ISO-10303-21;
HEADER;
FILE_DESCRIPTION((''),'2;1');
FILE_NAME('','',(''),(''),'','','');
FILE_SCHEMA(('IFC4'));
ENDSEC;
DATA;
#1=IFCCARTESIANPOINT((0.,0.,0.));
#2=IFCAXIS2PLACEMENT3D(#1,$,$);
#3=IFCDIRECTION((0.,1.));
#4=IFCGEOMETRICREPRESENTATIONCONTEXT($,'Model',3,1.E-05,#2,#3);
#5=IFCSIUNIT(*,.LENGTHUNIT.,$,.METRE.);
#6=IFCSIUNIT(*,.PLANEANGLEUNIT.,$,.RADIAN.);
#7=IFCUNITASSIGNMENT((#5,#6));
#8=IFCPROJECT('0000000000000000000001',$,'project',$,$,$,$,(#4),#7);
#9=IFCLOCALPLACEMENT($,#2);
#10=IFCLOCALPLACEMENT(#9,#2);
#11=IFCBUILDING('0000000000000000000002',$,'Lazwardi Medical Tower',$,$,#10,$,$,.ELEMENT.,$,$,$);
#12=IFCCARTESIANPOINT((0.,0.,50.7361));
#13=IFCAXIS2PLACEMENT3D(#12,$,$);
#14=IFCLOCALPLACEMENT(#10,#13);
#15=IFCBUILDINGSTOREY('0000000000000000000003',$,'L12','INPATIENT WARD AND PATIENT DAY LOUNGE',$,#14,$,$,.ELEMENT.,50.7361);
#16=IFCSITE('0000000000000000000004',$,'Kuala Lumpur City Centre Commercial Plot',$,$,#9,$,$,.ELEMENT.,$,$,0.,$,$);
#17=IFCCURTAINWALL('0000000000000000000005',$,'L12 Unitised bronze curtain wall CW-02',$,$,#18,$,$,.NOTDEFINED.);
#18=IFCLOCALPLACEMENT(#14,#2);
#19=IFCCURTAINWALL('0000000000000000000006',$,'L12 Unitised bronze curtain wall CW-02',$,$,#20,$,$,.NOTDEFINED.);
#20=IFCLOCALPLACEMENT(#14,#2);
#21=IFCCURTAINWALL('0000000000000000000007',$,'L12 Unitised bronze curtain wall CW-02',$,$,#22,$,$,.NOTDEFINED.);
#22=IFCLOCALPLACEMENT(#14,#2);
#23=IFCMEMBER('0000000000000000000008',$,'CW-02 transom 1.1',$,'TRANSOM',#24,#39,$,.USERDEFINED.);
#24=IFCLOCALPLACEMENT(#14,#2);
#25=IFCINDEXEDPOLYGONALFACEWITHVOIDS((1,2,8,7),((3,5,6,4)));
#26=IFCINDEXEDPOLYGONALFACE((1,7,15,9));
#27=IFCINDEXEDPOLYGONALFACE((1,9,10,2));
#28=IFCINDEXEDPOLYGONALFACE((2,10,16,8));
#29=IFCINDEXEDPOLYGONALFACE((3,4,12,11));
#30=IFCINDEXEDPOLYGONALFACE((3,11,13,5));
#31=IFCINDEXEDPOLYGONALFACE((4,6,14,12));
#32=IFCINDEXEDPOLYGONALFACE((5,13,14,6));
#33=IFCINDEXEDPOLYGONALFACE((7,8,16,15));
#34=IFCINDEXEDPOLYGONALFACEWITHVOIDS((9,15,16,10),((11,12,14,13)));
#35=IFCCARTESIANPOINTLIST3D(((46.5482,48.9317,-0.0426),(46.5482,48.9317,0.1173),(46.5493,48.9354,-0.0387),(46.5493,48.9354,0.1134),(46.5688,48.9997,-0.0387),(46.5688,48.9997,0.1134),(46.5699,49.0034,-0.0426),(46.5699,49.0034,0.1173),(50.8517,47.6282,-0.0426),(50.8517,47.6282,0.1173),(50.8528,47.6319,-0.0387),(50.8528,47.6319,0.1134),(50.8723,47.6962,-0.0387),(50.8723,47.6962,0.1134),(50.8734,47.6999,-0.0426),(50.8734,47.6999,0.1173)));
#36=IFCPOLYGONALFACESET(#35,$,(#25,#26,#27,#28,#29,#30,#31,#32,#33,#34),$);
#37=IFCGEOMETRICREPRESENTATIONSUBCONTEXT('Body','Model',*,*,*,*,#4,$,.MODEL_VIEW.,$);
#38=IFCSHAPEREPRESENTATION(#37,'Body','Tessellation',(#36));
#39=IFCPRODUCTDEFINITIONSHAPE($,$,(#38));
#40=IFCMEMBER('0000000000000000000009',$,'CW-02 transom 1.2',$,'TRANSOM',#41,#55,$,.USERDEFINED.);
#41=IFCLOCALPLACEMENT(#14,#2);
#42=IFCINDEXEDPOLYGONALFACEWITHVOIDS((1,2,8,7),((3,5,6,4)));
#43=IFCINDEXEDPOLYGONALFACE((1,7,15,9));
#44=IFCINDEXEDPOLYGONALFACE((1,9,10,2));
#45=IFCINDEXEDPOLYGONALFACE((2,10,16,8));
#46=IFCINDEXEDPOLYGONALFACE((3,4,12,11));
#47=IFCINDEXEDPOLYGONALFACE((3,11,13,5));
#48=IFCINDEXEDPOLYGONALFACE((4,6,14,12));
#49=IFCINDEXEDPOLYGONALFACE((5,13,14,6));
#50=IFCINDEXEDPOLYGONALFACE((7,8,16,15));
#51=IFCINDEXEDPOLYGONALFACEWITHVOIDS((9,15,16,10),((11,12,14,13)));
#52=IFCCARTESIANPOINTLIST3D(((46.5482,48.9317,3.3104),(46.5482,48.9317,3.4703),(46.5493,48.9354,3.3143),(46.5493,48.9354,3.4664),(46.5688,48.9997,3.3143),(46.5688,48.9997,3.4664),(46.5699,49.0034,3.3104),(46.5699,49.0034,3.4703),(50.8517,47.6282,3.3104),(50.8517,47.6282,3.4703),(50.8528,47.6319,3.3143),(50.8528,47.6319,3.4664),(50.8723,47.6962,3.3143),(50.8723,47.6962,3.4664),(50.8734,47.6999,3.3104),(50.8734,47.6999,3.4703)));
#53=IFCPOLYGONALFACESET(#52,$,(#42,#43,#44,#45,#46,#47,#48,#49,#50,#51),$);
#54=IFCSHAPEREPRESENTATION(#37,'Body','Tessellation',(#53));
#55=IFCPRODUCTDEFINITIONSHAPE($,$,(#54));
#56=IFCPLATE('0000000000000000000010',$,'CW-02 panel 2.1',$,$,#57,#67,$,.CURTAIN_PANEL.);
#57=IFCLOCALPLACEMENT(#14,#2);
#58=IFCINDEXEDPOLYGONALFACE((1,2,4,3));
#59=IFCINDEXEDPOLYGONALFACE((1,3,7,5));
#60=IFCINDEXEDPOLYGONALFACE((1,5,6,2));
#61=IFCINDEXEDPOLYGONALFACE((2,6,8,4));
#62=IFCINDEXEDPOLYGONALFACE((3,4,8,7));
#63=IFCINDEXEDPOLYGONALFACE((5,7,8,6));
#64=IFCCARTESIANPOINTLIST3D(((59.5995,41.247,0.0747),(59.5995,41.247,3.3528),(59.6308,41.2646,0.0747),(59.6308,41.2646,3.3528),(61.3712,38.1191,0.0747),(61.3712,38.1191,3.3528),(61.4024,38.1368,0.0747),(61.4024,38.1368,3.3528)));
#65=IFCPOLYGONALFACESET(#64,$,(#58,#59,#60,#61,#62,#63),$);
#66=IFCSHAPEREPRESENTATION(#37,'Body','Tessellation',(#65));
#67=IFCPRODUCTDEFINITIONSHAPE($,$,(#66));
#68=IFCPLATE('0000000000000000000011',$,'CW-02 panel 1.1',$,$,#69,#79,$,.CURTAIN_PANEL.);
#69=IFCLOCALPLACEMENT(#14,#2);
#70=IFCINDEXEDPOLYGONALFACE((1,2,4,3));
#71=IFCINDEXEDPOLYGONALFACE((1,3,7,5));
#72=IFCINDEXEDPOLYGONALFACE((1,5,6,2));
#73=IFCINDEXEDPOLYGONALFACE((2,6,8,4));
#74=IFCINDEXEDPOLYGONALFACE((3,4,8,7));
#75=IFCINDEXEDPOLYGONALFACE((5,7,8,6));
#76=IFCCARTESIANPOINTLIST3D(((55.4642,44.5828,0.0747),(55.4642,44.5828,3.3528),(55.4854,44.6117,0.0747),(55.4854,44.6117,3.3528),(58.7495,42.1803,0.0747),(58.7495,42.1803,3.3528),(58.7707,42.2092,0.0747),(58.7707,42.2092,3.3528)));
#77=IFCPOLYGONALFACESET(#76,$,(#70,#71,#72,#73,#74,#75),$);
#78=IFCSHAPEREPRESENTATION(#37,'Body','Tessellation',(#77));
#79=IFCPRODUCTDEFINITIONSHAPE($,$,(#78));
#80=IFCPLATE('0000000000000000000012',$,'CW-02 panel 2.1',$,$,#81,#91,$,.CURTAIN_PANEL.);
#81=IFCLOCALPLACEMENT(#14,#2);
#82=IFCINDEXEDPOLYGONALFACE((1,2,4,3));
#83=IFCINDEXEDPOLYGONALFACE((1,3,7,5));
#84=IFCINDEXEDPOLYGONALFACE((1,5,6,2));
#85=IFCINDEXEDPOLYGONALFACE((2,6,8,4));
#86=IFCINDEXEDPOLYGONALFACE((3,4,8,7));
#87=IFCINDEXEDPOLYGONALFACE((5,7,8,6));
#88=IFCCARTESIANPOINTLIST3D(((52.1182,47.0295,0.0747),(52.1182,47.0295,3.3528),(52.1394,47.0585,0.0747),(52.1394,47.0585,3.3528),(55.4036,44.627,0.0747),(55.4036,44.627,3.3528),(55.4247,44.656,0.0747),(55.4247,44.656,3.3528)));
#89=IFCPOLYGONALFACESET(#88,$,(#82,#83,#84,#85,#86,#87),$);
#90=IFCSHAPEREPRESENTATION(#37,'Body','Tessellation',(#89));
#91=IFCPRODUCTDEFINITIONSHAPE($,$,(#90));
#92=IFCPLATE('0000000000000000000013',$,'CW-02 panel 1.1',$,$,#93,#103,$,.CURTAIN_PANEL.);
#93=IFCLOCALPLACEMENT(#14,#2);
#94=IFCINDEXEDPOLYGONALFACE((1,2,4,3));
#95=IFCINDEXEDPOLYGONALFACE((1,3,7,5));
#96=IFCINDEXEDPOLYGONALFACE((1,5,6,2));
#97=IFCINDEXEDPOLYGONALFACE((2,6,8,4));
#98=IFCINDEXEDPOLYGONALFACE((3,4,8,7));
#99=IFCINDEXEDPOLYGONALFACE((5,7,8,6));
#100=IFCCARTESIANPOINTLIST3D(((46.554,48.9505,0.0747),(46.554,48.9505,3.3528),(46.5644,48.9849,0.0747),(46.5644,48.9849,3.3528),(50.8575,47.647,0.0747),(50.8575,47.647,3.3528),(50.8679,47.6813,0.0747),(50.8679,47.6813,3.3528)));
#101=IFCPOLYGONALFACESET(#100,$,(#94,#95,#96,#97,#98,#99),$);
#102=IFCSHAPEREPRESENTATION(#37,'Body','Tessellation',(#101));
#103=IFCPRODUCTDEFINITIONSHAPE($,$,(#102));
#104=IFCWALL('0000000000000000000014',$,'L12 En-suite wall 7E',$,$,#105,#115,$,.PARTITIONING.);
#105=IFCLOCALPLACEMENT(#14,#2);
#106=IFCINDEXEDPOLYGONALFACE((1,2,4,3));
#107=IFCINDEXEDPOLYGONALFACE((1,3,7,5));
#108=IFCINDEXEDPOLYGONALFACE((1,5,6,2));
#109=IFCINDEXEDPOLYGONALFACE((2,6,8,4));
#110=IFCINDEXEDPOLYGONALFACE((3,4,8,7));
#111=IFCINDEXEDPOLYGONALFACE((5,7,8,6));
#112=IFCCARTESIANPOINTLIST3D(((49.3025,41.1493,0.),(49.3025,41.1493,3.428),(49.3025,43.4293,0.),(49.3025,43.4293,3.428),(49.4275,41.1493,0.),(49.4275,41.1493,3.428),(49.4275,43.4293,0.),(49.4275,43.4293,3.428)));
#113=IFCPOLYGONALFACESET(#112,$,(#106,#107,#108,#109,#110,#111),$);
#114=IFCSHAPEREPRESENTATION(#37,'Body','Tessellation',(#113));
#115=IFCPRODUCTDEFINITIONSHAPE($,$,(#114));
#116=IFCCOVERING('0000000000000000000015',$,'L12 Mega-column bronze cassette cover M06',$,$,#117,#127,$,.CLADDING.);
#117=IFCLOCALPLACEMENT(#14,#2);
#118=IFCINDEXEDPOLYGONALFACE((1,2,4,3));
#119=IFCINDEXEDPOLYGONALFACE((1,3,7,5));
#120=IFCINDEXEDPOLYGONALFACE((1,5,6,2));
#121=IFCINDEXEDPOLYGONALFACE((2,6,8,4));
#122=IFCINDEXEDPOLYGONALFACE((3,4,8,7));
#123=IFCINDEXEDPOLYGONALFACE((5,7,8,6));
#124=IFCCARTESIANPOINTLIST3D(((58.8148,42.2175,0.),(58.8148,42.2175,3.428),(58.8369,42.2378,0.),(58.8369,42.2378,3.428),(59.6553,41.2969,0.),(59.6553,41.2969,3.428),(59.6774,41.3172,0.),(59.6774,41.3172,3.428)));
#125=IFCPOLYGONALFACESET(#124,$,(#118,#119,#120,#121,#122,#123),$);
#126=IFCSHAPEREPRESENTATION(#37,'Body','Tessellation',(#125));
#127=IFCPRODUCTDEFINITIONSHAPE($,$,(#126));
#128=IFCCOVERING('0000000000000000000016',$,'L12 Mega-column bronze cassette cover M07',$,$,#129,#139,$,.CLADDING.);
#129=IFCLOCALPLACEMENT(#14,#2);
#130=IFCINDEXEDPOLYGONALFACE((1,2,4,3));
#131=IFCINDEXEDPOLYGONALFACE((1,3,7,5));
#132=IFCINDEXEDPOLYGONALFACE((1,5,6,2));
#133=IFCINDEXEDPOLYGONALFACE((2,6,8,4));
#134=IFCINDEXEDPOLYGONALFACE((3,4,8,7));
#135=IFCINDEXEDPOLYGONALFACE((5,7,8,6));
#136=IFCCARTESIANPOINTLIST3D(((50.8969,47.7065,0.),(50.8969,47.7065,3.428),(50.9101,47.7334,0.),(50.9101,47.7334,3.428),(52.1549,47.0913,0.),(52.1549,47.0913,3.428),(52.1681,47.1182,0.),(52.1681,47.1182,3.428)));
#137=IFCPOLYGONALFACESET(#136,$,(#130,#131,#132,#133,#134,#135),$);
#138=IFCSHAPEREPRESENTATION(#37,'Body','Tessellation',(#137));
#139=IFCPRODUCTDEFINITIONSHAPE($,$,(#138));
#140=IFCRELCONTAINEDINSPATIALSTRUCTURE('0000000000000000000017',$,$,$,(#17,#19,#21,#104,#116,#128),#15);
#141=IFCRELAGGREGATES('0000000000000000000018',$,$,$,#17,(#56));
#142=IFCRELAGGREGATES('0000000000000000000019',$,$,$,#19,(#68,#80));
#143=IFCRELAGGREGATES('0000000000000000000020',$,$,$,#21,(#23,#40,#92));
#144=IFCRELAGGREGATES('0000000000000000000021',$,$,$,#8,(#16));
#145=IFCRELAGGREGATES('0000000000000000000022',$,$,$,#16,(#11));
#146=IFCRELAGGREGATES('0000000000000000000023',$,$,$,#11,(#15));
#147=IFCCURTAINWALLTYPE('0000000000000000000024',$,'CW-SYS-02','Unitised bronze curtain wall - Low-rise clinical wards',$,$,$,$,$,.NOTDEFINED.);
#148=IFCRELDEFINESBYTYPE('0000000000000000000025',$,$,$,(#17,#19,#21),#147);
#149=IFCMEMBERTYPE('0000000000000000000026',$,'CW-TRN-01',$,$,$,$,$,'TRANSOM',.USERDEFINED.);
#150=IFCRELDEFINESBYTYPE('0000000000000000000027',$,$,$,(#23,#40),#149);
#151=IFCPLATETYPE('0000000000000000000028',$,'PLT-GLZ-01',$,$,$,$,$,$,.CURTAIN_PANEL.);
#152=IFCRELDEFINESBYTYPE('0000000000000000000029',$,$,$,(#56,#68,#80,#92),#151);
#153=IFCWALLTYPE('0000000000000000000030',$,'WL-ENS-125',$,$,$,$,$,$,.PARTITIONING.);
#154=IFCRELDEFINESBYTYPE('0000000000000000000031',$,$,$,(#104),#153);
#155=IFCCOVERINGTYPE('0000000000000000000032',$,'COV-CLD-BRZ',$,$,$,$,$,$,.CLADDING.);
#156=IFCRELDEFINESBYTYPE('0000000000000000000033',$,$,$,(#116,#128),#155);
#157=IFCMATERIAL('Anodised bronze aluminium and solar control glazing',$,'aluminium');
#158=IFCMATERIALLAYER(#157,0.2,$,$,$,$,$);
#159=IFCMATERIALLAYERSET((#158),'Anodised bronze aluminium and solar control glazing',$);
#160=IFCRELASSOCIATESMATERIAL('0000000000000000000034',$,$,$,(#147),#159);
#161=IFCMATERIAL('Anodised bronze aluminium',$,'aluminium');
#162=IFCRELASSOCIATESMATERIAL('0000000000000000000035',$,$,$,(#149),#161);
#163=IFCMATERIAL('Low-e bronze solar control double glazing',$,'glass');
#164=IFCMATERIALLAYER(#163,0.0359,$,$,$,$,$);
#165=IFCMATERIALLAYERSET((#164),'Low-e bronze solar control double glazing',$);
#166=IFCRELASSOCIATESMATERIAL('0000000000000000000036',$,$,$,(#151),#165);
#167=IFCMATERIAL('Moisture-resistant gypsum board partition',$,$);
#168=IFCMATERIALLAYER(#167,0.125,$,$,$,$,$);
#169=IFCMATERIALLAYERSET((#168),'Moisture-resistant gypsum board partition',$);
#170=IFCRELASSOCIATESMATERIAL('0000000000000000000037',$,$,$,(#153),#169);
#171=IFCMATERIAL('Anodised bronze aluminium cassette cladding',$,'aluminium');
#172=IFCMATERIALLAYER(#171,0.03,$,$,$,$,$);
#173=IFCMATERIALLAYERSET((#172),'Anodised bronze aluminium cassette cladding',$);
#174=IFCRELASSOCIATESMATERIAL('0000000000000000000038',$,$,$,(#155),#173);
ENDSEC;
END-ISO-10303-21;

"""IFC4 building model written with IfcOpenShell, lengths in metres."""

from ifc_helpers import new_model, si_unit, direction, frame, frame_2d, origin, origin_2d, place, context, subcontext, project, spatial, rectangle, hollow_rectangle, extrude, material, layer, layer_set, material_profile, profile_set, type_object, element, aggregate, save


model = new_model("IFC4")

# Units and contexts
model_context = context("Model", 3, precision=1e-05, world=origin(), true_north=direction((0.0, 1.0)))
body_context = subcontext(model_context, "Body", "Model", "MODEL_VIEW")
ifc_project = project(units=[si_unit("LENGTHUNIT", "METRE"), si_unit("PLANEANGLEUNIT", "RADIAN")], contexts=[model_context])

# Site, building, storey
site_placement = place(None, origin())
site = spatial("IfcSite", under=ifc_project, at=site_placement, Name="Kuala Lumpur City Centre Commercial Plot", CompositionType="ELEMENT", RefElevation=0.0)
building_placement = place(site_placement, origin())
building = spatial("IfcBuilding", under=site, at=building_placement, Name="Lazwardi Medical Tower", CompositionType="ELEMENT")
storey_placement = place(building_placement, frame((0.0, 0.0, 50.7361)))
storey = spatial("IfcBuildingStorey", under=building, at=storey_placement, Name="L12", Description="INPATIENT WARD AND PATIENT DAY LOUNGE", CompositionType="ELEMENT", Elevation=50.7361)

# Curtain wall
ifc_material_1 = material(Name="Anodised bronze aluminium and solar control glazing", Category="aluminium")
ifc_layer_1 = layer(ifc_material_1, 0.2)
ifc_layer_set_1 = layer_set([ifc_layer_1], Name="Anodised bronze aluminium and solar control glazing")
curtain_wall_type = type_object("IfcCurtainWallType", Name="CW-SYS-02", Description="Unitised bronze curtain wall - Low-rise clinical wards", PredefinedType="NOTDEFINED", material=ifc_layer_set_1)
curtain_wall_1_placement = place(storey_placement, origin())
curtain_wall_1 = element("IfcCurtainWall", 1, at=curtain_wall_1_placement, inside=storey, type_object=curtain_wall_type, Name="L12 Unitised bronze curtain wall CW-02", PredefinedType="NOTDEFINED")
ifc_material_2 = material(Name="Anodised bronze aluminium", Category="aluminium")

# Curtain wall
curtain_wall_2_placement = place(storey_placement, origin())
curtain_wall_2 = element("IfcCurtainWall", 2, at=curtain_wall_2_placement, inside=storey, type_object=curtain_wall_type, Name="L12 Unitised bronze curtain wall CW-02", PredefinedType="NOTDEFINED")

# Curtain wall
curtain_wall_3_placement = place(storey_placement, origin())
curtain_wall_3 = element("IfcCurtainWall", 3, at=curtain_wall_3_placement, inside=storey, type_object=curtain_wall_type, Name="L12 Unitised bronze curtain wall CW-02", PredefinedType="NOTDEFINED")

# Members
ifc_material_profile_1 = material_profile(ifc_material_2, hollow_rectangle(XDim=0.075, YDim=0.1599, WallThickness=0.0039, at=origin_2d()), Name="ALU-TRANSOM 160x75x4")
ifc_profile_set_1 = profile_set([ifc_material_profile_1], Name="Anodised bronze aluminium")
member_type_1 = type_object("IfcMemberType", Name="CW-TRN-01", ElementType="TRANSOM", PredefinedType="USERDEFINED", material=ifc_profile_set_1)
member_1_placement = place(storey_placement, frame((50.8625, 47.6641, 0.0374), z_axis=(-0.957062, 0.289882, 0.0), x_axis=(-0.289882, -0.957062, 0.0)))
member_1 = element("IfcMember", 4, at=member_1_placement, type_object=member_type_1, Name="CW-02 transom 1.1", ObjectType="TRANSOM", PredefinedType="USERDEFINED", context=body_context, shape_type="SweptSolid", body=[
    extrude(hollow_rectangle(XDim=0.075, YDim=0.1599, WallThickness=0.0039, at=origin_2d()), origin(), (0.0, 0.0, 1.0), 4.4966),
])
member_2_placement = place(storey_placement, frame((50.8625, 47.6641, 3.3904), z_axis=(-0.957062, 0.289882, 0.0), x_axis=(-0.289882, -0.957062, 0.0)))
member_2 = element("IfcMember", 5, at=member_2_placement, type_object=member_type_1, Name="CW-02 transom 1.2", ObjectType="TRANSOM", PredefinedType="USERDEFINED", context=body_context, shape_type="SweptSolid", body=[
    extrude(hollow_rectangle(XDim=0.075, YDim=0.1599, WallThickness=0.0039, at=origin_2d()), origin(), (0.0, 0.0, 1.0), 4.4966),
])

# Plates
ifc_material_3 = material(Name="Low-e bronze solar control double glazing", Category="glass")
ifc_layer_2 = layer(ifc_material_3, 0.0359)
ifc_layer_set_2 = layer_set([ifc_layer_2], Name="Low-e bronze solar control double glazing")
plate_type = type_object("IfcPlateType", Name="PLT-GLZ-01", PredefinedType="CURTAIN_PANEL", material=ifc_layer_set_2)
plate_1_placement = place(storey_placement, frame((60.501, 39.6919, 0.0747), z_axis=(0.0, 0.0, 1.0), x_axis=(-0.492854, 0.870112, 0.0)))
plate_1 = element("IfcPlate", 6, at=plate_1_placement, type_object=plate_type, Name="CW-02 panel 2.1", PredefinedType="CURTAIN_PANEL", context=body_context, shape_type="SweptSolid", body=[
    extrude(rectangle(XDim=3.5947, YDim=0.0359, at=origin_2d()), origin(), (0.0, 0.0, 1.0), 3.2781),
])
aggregate(curtain_wall_1, [plate_1])
plate_2_placement = place(storey_placement, frame((57.1174, 43.396, 0.0747), z_axis=(0.0, 0.0, 1.0), x_axis=(-0.807192, 0.590289, 0.0)))
plate_2 = element("IfcPlate", 7, at=plate_2_placement, type_object=plate_type, Name="CW-02 panel 1.1", PredefinedType="CURTAIN_PANEL", context=body_context, shape_type="SweptSolid", body=[
    extrude(rectangle(XDim=4.0701, YDim=0.0359, at=origin_2d()), origin(), (0.0, 0.0, 1.0), 3.2781),
])
plate_3_placement = place(storey_placement, frame((53.7715, 45.8428, 0.0747), z_axis=(0.0, 0.0, 1.0), x_axis=(-0.807192, 0.590289, 0.0)))
plate_3 = element("IfcPlate", 8, at=plate_3_placement, type_object=plate_type, Name="CW-02 panel 2.1", PredefinedType="CURTAIN_PANEL", context=body_context, shape_type="SweptSolid", body=[
    extrude(rectangle(XDim=4.0701, YDim=0.0359, at=origin_2d()), origin(), (0.0, 0.0, 1.0), 3.2781),
])
aggregate(curtain_wall_2, [plate_2, plate_3])
plate_4_placement = place(storey_placement, frame((48.7109, 48.3159, 0.0747), z_axis=(0.0, 0.0, 1.0), x_axis=(-0.957058, 0.289896, 0.0)))
plate_4 = element("IfcPlate", 9, at=plate_4_placement, type_object=plate_type, Name="CW-02 panel 1.1", PredefinedType="CURTAIN_PANEL", context=body_context, shape_type="SweptSolid", body=[
    extrude(rectangle(XDim=4.4966, YDim=0.0359, at=origin_2d()), origin(), (0.0, 0.0, 1.0), 3.2781),
])
aggregate(curtain_wall_3, [member_1, member_2, plate_4])

# Wall
ifc_material_4 = material(Name="Moisture-resistant gypsum board partition")
ifc_layer_3 = layer(ifc_material_4, 0.125)
ifc_layer_set_3 = layer_set([ifc_layer_3], Name="Moisture-resistant gypsum board partition")
wall_type = type_object("IfcWallType", Name="WL-ENS-125", PredefinedType="PARTITIONING", material=ifc_layer_set_3)
wall_placement = place(storey_placement, frame((49.365, 41.1492, 0.0), z_axis=(0.0, 0.0, 1.0), x_axis=(0.0, 1.0, 0.0)))
element("IfcWall", 10, at=wall_placement, inside=storey, type_object=wall_type, Name="L12 En-suite wall 7E", PredefinedType="PARTITIONING", context=body_context, shape_type="SweptSolid", body=[
    extrude(rectangle(XDim=2.28, YDim=0.125, at=frame_2d((1.1401, 0.0))), origin(), (0.0, 0.0, 1.0), 3.428),
])

# Coverings
ifc_material_5 = material(Name="Anodised bronze aluminium cassette cladding", Category="aluminium")
ifc_layer_4 = layer(ifc_material_5, 0.03)
ifc_layer_set_4 = layer_set([ifc_layer_4], Name="Anodised bronze aluminium cassette cladding")
covering_type = type_object("IfcCoveringType", Name="COV-CLD-BRZ", PredefinedType="CLADDING", material=ifc_layer_set_4)
covering_1_placement = place(storey_placement, frame((59.2461, 41.7673, 0.0), z_axis=(0.0, 0.0, 1.0), x_axis=(-0.674252, 0.738501, 0.0)))
element("IfcCovering", 11, at=covering_1_placement, inside=storey, type_object=covering_type, Name="L12 Mega-column bronze cassette cover M06", PredefinedType="CLADDING", context=body_context, shape_type="SweptSolid", body=[
    extrude(rectangle(XDim=1.2466, YDim=0.03, at=origin_2d()), origin(), (0.0, 0.0, 1.0), 3.428),
])
covering_2_placement = place(storey_placement, frame((51.5325, 47.4124, 0.0), z_axis=(0.0, 0.0, 1.0), x_axis=(-0.898334, 0.439312, 0.0)))
element("IfcCovering", 12, at=covering_2_placement, inside=storey, type_object=covering_type, Name="L12 Mega-column bronze cassette cover M07", PredefinedType="CLADDING", context=body_context, shape_type="SweptSolid", body=[
    extrude(rectangle(XDim=1.4004, YDim=0.03, at=origin_2d()), origin(), (0.0, 0.0, 1.0), 3.428),
])

save(model, "model.ifc")
